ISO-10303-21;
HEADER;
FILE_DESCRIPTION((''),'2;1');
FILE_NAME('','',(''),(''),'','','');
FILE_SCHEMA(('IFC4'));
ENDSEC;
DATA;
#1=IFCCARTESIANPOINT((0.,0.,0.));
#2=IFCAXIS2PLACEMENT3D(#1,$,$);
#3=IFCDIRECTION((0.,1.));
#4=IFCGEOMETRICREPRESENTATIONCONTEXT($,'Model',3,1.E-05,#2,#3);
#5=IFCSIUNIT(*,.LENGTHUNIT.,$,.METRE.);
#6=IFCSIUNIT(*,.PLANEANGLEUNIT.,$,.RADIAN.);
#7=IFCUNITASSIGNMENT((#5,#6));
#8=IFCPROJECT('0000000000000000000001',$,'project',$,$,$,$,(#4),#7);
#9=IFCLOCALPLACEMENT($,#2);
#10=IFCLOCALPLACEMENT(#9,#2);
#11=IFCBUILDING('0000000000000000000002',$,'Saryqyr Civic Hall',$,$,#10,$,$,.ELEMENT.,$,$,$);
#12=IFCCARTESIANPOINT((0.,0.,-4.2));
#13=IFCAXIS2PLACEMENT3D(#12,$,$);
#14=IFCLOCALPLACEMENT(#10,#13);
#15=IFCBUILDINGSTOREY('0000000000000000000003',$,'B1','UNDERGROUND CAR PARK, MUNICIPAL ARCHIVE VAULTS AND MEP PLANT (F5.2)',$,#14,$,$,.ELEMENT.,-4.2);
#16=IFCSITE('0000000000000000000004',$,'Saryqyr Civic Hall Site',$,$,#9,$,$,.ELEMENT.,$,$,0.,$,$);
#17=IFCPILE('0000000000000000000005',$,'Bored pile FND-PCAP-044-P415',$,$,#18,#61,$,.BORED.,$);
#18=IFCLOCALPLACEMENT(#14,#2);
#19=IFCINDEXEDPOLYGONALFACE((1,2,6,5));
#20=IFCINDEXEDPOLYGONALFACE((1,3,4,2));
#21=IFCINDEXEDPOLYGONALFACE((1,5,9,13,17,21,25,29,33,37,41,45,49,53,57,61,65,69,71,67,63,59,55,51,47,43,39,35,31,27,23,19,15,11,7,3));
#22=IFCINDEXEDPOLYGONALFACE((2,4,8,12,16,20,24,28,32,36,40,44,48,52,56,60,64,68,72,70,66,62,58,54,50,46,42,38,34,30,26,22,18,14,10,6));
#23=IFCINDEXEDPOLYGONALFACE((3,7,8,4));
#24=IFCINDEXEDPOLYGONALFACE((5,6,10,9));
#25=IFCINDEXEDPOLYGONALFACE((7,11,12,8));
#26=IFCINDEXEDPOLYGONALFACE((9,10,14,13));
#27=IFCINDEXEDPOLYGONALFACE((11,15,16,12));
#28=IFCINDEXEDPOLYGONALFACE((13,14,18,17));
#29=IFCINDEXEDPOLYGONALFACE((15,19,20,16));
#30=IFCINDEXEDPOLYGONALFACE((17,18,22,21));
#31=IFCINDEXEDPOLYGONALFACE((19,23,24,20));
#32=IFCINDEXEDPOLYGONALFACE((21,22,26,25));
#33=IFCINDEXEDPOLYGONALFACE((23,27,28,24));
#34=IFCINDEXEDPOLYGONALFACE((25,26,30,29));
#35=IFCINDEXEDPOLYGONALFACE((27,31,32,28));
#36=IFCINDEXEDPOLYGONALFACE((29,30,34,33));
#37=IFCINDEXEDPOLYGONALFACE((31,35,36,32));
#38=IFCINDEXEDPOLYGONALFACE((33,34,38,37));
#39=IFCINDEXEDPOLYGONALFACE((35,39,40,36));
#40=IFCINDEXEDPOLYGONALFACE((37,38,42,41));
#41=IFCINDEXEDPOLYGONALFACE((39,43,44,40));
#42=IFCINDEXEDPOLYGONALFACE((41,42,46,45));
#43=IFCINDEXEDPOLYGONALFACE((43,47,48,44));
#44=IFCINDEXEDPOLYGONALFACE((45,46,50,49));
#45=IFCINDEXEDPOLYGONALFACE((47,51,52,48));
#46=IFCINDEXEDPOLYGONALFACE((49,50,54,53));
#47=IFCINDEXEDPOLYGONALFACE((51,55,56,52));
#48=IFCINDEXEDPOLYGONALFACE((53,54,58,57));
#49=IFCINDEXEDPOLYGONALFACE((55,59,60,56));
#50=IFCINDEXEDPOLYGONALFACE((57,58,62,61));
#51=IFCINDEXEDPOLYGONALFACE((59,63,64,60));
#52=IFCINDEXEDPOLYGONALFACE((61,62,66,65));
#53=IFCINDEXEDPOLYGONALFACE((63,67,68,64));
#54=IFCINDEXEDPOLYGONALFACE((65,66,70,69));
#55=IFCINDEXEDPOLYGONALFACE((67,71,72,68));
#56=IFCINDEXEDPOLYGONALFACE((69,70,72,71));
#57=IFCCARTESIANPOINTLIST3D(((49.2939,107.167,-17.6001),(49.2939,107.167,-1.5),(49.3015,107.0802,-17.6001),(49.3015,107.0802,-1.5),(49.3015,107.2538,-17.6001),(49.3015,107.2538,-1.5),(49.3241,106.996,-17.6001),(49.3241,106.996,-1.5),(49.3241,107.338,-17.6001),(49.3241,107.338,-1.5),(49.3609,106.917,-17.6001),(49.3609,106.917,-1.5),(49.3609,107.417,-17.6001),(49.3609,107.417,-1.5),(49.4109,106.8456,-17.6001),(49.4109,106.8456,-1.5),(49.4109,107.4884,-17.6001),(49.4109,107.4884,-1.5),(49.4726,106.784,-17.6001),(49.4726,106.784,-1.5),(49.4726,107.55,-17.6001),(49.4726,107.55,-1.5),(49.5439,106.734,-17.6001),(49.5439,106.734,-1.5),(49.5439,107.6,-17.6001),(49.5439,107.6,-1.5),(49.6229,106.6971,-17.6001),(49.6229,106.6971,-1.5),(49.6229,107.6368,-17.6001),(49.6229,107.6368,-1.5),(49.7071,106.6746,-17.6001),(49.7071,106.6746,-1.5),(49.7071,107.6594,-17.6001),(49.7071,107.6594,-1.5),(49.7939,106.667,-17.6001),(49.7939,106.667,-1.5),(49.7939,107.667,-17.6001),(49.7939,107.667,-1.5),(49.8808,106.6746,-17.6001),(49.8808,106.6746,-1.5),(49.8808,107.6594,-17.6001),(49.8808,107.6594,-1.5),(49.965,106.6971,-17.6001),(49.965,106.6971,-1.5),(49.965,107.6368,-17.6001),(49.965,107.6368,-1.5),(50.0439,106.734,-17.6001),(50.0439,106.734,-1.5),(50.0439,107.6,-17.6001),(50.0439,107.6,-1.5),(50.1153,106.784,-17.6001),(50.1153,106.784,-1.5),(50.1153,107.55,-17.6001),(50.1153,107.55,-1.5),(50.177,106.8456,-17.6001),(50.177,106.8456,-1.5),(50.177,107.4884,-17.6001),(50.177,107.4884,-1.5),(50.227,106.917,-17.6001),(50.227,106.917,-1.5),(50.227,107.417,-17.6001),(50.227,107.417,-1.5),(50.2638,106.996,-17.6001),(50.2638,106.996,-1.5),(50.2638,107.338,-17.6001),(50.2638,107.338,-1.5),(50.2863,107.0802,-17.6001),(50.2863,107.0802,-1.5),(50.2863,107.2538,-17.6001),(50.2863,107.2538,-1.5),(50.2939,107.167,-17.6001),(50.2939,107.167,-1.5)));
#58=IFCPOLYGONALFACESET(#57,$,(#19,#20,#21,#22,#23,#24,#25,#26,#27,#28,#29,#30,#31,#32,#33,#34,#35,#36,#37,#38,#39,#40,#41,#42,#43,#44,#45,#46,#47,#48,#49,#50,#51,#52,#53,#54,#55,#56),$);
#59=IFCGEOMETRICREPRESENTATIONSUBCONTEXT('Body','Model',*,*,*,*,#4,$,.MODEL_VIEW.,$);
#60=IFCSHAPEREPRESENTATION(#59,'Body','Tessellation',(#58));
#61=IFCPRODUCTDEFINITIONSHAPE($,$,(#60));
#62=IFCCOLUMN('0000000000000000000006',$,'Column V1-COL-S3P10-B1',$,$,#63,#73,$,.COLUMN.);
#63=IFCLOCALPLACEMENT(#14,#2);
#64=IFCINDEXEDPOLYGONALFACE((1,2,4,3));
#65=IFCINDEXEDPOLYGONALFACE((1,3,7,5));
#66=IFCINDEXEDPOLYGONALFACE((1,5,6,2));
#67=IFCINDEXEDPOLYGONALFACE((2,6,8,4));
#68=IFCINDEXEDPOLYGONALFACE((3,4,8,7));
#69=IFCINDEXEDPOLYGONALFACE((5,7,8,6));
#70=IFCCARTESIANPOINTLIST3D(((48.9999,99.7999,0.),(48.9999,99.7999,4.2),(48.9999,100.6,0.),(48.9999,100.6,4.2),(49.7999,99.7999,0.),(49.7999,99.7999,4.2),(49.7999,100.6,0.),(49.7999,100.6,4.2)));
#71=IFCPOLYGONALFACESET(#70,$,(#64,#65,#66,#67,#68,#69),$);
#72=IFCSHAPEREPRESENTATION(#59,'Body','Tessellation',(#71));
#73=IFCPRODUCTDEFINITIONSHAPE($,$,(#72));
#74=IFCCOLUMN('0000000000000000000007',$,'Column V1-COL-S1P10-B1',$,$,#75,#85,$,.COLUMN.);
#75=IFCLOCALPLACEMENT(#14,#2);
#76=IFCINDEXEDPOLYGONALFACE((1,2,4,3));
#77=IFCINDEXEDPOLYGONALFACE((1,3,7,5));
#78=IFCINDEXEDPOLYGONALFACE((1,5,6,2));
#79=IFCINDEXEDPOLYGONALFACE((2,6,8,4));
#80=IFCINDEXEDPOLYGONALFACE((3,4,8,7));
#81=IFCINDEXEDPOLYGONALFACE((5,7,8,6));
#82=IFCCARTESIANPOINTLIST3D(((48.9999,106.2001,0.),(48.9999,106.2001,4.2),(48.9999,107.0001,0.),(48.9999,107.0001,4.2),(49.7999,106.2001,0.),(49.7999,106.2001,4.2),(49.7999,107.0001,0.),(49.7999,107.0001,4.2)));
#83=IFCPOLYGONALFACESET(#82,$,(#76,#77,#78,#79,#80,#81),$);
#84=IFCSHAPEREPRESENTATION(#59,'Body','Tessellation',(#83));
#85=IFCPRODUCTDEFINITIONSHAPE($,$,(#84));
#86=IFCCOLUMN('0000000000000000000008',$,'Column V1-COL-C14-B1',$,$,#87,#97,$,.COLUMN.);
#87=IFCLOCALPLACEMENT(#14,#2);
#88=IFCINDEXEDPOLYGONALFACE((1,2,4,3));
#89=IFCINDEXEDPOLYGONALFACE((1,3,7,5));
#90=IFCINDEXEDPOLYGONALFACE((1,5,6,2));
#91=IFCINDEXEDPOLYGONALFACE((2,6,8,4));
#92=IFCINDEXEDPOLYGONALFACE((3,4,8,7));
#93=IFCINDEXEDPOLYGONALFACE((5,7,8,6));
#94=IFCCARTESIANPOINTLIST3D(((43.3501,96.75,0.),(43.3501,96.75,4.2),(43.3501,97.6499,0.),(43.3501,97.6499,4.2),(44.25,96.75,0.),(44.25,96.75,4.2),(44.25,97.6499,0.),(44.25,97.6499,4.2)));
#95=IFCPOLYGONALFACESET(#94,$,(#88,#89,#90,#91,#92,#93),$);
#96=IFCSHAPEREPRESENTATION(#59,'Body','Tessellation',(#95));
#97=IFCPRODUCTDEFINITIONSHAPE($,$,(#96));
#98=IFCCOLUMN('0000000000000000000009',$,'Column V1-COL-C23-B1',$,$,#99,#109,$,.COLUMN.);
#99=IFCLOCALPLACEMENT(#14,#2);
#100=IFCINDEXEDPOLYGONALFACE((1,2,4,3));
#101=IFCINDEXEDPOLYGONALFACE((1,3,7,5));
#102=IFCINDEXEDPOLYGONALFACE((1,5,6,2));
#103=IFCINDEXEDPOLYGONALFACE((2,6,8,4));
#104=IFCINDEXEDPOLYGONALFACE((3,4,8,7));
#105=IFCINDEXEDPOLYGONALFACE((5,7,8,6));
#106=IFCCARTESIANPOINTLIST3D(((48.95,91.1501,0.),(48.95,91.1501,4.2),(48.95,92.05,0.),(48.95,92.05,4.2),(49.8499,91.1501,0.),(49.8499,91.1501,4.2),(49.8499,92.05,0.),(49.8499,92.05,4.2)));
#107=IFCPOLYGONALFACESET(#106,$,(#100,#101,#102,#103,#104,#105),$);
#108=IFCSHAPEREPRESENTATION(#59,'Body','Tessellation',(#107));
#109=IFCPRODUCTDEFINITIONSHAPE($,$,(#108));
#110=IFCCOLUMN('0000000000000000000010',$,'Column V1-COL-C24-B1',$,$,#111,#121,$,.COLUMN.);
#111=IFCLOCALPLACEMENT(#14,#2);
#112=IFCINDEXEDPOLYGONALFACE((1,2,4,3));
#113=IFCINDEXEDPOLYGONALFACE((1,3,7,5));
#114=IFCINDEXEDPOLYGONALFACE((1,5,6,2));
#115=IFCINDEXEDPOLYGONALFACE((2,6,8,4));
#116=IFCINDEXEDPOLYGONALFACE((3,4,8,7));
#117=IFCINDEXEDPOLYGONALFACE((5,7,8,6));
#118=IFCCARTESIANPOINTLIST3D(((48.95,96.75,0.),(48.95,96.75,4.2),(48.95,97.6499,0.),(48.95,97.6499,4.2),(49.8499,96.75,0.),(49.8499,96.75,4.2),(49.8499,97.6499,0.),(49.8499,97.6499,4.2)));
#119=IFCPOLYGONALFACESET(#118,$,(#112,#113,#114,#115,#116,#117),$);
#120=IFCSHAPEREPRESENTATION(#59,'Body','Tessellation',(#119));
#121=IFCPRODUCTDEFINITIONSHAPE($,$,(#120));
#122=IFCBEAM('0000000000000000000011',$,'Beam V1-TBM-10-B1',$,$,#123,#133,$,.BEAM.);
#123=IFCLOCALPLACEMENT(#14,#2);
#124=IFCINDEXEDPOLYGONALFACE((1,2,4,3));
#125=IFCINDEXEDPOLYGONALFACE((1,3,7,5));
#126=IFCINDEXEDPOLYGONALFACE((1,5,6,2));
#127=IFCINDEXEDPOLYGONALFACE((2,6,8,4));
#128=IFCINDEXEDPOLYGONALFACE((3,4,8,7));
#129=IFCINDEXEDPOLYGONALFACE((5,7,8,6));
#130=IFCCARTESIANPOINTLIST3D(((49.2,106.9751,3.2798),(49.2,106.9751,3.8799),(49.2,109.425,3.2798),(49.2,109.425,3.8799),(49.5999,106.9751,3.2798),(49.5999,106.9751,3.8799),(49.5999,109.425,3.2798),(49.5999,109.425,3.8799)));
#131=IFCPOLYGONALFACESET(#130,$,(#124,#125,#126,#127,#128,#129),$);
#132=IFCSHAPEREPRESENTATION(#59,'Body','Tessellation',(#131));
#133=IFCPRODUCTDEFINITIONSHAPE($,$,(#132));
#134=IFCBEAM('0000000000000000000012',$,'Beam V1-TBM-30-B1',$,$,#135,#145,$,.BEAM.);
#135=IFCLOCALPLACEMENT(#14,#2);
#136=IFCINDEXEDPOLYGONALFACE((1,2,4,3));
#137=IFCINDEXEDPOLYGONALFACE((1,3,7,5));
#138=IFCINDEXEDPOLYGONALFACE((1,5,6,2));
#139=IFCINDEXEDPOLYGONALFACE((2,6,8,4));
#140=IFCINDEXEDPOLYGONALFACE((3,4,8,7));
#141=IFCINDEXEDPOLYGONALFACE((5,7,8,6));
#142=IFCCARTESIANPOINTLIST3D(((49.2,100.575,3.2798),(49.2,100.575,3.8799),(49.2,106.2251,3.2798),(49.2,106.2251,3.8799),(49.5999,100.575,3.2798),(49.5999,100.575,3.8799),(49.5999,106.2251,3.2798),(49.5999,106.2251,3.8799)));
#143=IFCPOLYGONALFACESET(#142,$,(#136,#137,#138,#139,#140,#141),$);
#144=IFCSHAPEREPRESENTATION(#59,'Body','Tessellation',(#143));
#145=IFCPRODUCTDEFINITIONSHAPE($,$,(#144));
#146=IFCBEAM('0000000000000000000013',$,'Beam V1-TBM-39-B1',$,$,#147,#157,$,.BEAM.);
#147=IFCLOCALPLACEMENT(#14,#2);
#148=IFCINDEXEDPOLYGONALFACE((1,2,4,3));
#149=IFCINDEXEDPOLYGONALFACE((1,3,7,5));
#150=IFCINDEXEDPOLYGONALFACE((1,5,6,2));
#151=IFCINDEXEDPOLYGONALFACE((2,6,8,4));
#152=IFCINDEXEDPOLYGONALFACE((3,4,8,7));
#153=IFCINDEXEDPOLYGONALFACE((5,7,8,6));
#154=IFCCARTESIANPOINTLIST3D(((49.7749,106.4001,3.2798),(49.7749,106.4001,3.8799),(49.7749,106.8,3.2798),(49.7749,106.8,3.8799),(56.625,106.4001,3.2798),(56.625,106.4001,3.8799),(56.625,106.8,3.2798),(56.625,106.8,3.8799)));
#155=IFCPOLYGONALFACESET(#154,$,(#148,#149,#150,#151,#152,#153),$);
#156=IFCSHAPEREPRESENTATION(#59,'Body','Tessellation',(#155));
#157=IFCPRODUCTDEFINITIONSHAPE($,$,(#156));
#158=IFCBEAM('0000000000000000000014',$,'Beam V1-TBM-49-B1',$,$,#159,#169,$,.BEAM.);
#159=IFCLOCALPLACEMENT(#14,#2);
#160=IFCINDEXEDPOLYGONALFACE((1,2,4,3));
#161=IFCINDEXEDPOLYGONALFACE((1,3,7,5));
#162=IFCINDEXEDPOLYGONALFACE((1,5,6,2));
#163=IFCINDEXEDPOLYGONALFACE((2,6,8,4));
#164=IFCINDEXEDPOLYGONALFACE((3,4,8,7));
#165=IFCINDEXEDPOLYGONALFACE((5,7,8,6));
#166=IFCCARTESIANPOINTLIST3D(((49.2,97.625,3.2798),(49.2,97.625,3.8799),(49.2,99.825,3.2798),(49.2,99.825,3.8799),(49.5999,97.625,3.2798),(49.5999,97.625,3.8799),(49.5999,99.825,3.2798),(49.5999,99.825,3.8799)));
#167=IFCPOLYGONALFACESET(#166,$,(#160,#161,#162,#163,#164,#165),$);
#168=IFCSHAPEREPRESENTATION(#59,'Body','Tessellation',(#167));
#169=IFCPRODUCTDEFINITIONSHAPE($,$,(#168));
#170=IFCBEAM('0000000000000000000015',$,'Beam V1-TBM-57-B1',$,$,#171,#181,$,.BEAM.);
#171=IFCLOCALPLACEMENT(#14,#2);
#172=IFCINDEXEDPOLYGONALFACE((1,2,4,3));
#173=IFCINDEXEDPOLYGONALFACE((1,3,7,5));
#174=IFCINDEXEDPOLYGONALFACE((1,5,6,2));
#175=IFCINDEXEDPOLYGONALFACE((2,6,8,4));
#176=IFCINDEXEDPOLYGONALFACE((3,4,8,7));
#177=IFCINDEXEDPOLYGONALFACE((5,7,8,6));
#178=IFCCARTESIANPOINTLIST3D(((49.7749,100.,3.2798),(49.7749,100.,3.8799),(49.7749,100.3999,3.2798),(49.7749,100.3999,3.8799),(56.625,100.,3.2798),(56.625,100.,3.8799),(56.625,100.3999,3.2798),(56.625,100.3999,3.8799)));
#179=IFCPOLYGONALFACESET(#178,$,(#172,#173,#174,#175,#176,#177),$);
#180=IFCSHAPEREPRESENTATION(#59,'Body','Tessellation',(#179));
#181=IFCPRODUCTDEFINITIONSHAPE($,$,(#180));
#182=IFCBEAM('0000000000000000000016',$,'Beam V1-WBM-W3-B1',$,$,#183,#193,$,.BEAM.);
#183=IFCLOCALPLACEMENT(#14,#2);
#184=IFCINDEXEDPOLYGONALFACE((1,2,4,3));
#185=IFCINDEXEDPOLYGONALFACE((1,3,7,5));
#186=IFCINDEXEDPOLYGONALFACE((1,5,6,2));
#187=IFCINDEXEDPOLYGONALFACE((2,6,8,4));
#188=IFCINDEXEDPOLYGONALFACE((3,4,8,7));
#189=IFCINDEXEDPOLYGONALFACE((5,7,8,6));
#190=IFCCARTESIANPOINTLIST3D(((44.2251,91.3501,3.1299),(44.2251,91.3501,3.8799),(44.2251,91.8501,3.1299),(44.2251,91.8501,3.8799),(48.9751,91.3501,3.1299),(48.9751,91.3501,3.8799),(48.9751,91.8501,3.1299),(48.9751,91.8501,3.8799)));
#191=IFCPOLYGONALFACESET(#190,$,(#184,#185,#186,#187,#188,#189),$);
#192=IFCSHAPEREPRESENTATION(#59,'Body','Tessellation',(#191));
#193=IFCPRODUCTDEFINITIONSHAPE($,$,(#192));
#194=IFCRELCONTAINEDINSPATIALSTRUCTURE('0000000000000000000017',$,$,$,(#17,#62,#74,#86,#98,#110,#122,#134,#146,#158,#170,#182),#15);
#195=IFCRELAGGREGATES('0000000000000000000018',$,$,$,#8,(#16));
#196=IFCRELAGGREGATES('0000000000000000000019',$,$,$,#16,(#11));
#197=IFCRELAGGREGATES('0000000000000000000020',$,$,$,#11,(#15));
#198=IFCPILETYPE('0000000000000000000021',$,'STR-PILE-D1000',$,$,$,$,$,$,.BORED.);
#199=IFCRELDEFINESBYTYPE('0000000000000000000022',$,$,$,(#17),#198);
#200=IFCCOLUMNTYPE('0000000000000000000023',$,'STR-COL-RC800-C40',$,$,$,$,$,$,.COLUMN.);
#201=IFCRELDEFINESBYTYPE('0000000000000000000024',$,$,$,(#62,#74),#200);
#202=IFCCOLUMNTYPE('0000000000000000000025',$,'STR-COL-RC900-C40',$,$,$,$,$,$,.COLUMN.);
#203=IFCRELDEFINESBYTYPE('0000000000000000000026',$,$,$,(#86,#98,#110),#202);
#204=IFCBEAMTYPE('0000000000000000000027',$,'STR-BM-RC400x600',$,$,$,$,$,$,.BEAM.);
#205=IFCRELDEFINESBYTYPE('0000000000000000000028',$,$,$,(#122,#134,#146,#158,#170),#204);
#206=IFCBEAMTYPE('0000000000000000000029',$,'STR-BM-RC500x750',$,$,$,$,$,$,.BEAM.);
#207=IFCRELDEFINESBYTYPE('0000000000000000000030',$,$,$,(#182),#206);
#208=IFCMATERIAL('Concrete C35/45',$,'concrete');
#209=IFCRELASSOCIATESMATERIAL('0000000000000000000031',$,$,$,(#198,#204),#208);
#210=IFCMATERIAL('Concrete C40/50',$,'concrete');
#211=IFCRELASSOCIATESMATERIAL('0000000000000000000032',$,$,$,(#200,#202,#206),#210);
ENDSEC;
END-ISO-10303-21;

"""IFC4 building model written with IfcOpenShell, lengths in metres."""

from ifc_helpers import new_model, si_unit, direction, frame, origin, origin_2d, place, context, subcontext, project, spatial, rectangle, circle, extrude, material, material_profile, profile_set, type_object, element, save


model = new_model("IFC4")

# Units and contexts
model_context = context("Model", 3, precision=1e-05, world=origin(), true_north=direction((0.0, 1.0)))
body_context = subcontext(model_context, "Body", "Model", "MODEL_VIEW")
ifc_project = project(units=[si_unit("LENGTHUNIT", "METRE"), si_unit("PLANEANGLEUNIT", "RADIAN")], contexts=[model_context])

# Site, building, storey
site_placement = place(None, origin())
site = spatial("IfcSite", under=ifc_project, at=site_placement, Name="Saryqyr Civic Hall Site", CompositionType="ELEMENT", RefElevation=0.0)
building_placement = place(site_placement, origin())
building = spatial("IfcBuilding", under=site, at=building_placement, Name="Saryqyr Civic Hall", CompositionType="ELEMENT")
storey_placement = place(building_placement, frame((0.0, 0.0, -4.2)))
storey = spatial("IfcBuildingStorey", under=building, at=storey_placement, Name="B1", Description="UNDERGROUND CAR PARK, MUNICIPAL ARCHIVE VAULTS AND MEP PLANT (F5.2)", CompositionType="ELEMENT", Elevation=-4.2)

# Pile
ifc_material_1 = material(Name="Concrete C35/45", Category="concrete")
ifc_material_profile_1 = material_profile(ifc_material_1, circle(Radius=0.5, at=origin_2d()), Name="BORED PILE D1000")
ifc_profile_set_1 = profile_set([ifc_material_profile_1], Name="Concrete C35/45")
pile_type = type_object("IfcPileType", Name="STR-PILE-D1000", PredefinedType="BORED", material=ifc_profile_set_1)
for number, where, z_axis, x_axis, name in (
    (1, (49.7939, 107.167, -1.5), (0.0, 0.0, -1.0), (1.0, 0.0, 0.0), "Bored pile FND-PCAP-044-P415"),
):
    element("IfcPile", number, at=place(storey_placement, frame(where, z_axis=z_axis, x_axis=x_axis)), inside=storey, type_object=pile_type, Name=name, PredefinedType="BORED", context=body_context, shape_type="SweptSolid", body=[
        extrude(circle(Radius=0.5, at=origin_2d()), origin(), (0.0, 0.0, 1.0), 16.1001),
    ])

# Columns
ifc_material_2 = material(Name="Concrete C40/50", Category="concrete")
ifc_material_profile_2 = material_profile(ifc_material_2, rectangle(XDim=0.8, YDim=0.8, at=origin_2d()), Name="RC 800x800")
ifc_profile_set_2 = profile_set([ifc_material_profile_2], Name="Concrete C40/50")
column_type_1 = type_object("IfcColumnType", Name="STR-COL-RC800-C40", PredefinedType="COLUMN", material=ifc_profile_set_2)
for number, where, z_axis, x_axis, name in (
    (2, (49.3999, 100.2, 0.0), (0.0, 0.0, 1.0), (1.0, 0.0, 0.0), "Column V1-COL-S3P10-B1"),
    (3, (49.3999, 106.6001, 0.0), (0.0, 0.0, 1.0), (1.0, 0.0, 0.0), "Column V1-COL-S1P10-B1"),
):
    element("IfcColumn", number, at=place(storey_placement, frame(where, z_axis=z_axis, x_axis=x_axis)), inside=storey, type_object=column_type_1, Name=name, PredefinedType="COLUMN", context=body_context, shape_type="SweptSolid", body=[
        extrude(rectangle(XDim=0.8, YDim=0.8, at=origin_2d()), origin(), (0.0, 0.0, 1.0), 4.2),
    ])
ifc_material_profile_3 = material_profile(ifc_material_2, rectangle(XDim=0.8999, YDim=0.8999, at=origin_2d()), Name="RC 900x900")
ifc_profile_set_3 = profile_set([ifc_material_profile_3], Name="Concrete C40/50")
column_type_2 = type_object("IfcColumnType", Name="STR-COL-RC900-C40", PredefinedType="COLUMN", material=ifc_profile_set_3)
for number, where, z_axis, x_axis, name in (
    (4, (43.8, 97.2, 0.0), (0.0, 0.0, 1.0), (1.0, 0.0, 0.0), "Column V1-COL-C14-B1"),
    (5, (49.3999, 91.6001, 0.0), (0.0, 0.0, 1.0), (1.0, 0.0, 0.0), "Column V1-COL-C23-B1"),
    (6, (49.3999, 97.2, 0.0), (0.0, 0.0, 1.0), (1.0, 0.0, 0.0), "Column V1-COL-C24-B1"),
):
    element("IfcColumn", number, at=place(storey_placement, frame(where, z_axis=z_axis, x_axis=x_axis)), inside=storey, type_object=column_type_2, Name=name, PredefinedType="COLUMN", context=body_context, shape_type="SweptSolid", body=[
        extrude(rectangle(XDim=0.8999, YDim=0.8999, at=origin_2d()), origin(), (0.0, 0.0, 1.0), 4.2),
    ])

# Beams
ifc_material_profile_4 = material_profile(ifc_material_1, rectangle(XDim=0.3999, YDim=0.6001, at=origin_2d()), Name="RC 400x600")
ifc_profile_set_4 = profile_set([ifc_material_profile_4], Name="Concrete C35/45")
beam_type_1 = type_object("IfcBeamType", Name="STR-BM-RC400x600", PredefinedType="BEAM", material=ifc_profile_set_4)
beam_1_placement = place(storey_placement, frame((49.3999, 106.9751, 3.5798), z_axis=(0.0, 1.0, 0.0), x_axis=(-1.0, 0.0, 0.0)))
element("IfcBeam", 7, at=beam_1_placement, inside=storey, type_object=beam_type_1, Name="Beam V1-TBM-10-B1", PredefinedType="BEAM", context=body_context, shape_type="SweptSolid", body=[
    extrude(rectangle(XDim=0.3999, YDim=0.6001, at=origin_2d()), origin(), (0.0, 0.0, 1.0), 2.45),
])
beam_2_placement = place(storey_placement, frame((49.3999, 100.575, 3.5798), z_axis=(0.0, 1.0, 0.0), x_axis=(-1.0, 0.0, 0.0)))
element("IfcBeam", 8, at=beam_2_placement, inside=storey, type_object=beam_type_1, Name="Beam V1-TBM-30-B1", PredefinedType="BEAM", context=body_context, shape_type="SweptSolid", body=[
    extrude(rectangle(XDim=0.3999, YDim=0.6001, at=origin_2d()), origin(), (0.0, 0.0, 1.0), 5.6501),
])
beam_3_placement = place(storey_placement, frame((49.7749, 106.6001, 3.5798), z_axis=(1.0, 0.0, 0.0), x_axis=(0.0, 1.0, 0.0)))
element("IfcBeam", 9, at=beam_3_placement, inside=storey, type_object=beam_type_1, Name="Beam V1-TBM-39-B1", PredefinedType="BEAM", context=body_context, shape_type="SweptSolid", body=[
    extrude(rectangle(XDim=0.3999, YDim=0.6001, at=origin_2d()), origin(), (0.0, 0.0, 1.0), 6.8501),
])
beam_4_placement = place(storey_placement, frame((49.3999, 97.625, 3.5798), z_axis=(0.0, 1.0, 0.0), x_axis=(-1.0, 0.0, 0.0)))
element("IfcBeam", 10, at=beam_4_placement, inside=storey, type_object=beam_type_1, Name="Beam V1-TBM-49-B1", PredefinedType="BEAM", context=body_context, shape_type="SweptSolid", body=[
    extrude(rectangle(XDim=0.3999, YDim=0.6001, at=origin_2d()), origin(), (0.0, 0.0, 1.0), 2.2),
])
beam_5_placement = place(storey_placement, frame((49.7749, 100.2, 3.5798), z_axis=(1.0, 0.0, 0.0), x_axis=(0.0, 1.0, 0.0)))
element("IfcBeam", 11, at=beam_5_placement, inside=storey, type_object=beam_type_1, Name="Beam V1-TBM-57-B1", PredefinedType="BEAM", context=body_context, shape_type="SweptSolid", body=[
    extrude(rectangle(XDim=0.3999, YDim=0.6001, at=origin_2d()), origin(), (0.0, 0.0, 1.0), 6.8501),
])
ifc_material_profile_5 = material_profile(ifc_material_2, rectangle(XDim=0.5, YDim=0.75, at=origin_2d()), Name="RC 500x750")
ifc_profile_set_5 = profile_set([ifc_material_profile_5], Name="Concrete C40/50")
beam_type_2 = type_object("IfcBeamType", Name="STR-BM-RC500x750", PredefinedType="BEAM", material=ifc_profile_set_5)
for number, where, z_axis, x_axis, name in (
    (12, (44.2251, 91.6001, 3.5049), (1.0, 0.0, 0.0), (0.0, 1.0, 0.0), "Beam V1-WBM-W3-B1"),
):
    element("IfcBeam", number, at=place(storey_placement, frame(where, z_axis=z_axis, x_axis=x_axis)), inside=storey, type_object=beam_type_2, Name=name, PredefinedType="BEAM", context=body_context, shape_type="SweptSolid", body=[
        extrude(rectangle(XDim=0.5, YDim=0.75, at=origin_2d()), origin(), (0.0, 0.0, 1.0), 4.75),
    ])

save(model, "model.ifc")
